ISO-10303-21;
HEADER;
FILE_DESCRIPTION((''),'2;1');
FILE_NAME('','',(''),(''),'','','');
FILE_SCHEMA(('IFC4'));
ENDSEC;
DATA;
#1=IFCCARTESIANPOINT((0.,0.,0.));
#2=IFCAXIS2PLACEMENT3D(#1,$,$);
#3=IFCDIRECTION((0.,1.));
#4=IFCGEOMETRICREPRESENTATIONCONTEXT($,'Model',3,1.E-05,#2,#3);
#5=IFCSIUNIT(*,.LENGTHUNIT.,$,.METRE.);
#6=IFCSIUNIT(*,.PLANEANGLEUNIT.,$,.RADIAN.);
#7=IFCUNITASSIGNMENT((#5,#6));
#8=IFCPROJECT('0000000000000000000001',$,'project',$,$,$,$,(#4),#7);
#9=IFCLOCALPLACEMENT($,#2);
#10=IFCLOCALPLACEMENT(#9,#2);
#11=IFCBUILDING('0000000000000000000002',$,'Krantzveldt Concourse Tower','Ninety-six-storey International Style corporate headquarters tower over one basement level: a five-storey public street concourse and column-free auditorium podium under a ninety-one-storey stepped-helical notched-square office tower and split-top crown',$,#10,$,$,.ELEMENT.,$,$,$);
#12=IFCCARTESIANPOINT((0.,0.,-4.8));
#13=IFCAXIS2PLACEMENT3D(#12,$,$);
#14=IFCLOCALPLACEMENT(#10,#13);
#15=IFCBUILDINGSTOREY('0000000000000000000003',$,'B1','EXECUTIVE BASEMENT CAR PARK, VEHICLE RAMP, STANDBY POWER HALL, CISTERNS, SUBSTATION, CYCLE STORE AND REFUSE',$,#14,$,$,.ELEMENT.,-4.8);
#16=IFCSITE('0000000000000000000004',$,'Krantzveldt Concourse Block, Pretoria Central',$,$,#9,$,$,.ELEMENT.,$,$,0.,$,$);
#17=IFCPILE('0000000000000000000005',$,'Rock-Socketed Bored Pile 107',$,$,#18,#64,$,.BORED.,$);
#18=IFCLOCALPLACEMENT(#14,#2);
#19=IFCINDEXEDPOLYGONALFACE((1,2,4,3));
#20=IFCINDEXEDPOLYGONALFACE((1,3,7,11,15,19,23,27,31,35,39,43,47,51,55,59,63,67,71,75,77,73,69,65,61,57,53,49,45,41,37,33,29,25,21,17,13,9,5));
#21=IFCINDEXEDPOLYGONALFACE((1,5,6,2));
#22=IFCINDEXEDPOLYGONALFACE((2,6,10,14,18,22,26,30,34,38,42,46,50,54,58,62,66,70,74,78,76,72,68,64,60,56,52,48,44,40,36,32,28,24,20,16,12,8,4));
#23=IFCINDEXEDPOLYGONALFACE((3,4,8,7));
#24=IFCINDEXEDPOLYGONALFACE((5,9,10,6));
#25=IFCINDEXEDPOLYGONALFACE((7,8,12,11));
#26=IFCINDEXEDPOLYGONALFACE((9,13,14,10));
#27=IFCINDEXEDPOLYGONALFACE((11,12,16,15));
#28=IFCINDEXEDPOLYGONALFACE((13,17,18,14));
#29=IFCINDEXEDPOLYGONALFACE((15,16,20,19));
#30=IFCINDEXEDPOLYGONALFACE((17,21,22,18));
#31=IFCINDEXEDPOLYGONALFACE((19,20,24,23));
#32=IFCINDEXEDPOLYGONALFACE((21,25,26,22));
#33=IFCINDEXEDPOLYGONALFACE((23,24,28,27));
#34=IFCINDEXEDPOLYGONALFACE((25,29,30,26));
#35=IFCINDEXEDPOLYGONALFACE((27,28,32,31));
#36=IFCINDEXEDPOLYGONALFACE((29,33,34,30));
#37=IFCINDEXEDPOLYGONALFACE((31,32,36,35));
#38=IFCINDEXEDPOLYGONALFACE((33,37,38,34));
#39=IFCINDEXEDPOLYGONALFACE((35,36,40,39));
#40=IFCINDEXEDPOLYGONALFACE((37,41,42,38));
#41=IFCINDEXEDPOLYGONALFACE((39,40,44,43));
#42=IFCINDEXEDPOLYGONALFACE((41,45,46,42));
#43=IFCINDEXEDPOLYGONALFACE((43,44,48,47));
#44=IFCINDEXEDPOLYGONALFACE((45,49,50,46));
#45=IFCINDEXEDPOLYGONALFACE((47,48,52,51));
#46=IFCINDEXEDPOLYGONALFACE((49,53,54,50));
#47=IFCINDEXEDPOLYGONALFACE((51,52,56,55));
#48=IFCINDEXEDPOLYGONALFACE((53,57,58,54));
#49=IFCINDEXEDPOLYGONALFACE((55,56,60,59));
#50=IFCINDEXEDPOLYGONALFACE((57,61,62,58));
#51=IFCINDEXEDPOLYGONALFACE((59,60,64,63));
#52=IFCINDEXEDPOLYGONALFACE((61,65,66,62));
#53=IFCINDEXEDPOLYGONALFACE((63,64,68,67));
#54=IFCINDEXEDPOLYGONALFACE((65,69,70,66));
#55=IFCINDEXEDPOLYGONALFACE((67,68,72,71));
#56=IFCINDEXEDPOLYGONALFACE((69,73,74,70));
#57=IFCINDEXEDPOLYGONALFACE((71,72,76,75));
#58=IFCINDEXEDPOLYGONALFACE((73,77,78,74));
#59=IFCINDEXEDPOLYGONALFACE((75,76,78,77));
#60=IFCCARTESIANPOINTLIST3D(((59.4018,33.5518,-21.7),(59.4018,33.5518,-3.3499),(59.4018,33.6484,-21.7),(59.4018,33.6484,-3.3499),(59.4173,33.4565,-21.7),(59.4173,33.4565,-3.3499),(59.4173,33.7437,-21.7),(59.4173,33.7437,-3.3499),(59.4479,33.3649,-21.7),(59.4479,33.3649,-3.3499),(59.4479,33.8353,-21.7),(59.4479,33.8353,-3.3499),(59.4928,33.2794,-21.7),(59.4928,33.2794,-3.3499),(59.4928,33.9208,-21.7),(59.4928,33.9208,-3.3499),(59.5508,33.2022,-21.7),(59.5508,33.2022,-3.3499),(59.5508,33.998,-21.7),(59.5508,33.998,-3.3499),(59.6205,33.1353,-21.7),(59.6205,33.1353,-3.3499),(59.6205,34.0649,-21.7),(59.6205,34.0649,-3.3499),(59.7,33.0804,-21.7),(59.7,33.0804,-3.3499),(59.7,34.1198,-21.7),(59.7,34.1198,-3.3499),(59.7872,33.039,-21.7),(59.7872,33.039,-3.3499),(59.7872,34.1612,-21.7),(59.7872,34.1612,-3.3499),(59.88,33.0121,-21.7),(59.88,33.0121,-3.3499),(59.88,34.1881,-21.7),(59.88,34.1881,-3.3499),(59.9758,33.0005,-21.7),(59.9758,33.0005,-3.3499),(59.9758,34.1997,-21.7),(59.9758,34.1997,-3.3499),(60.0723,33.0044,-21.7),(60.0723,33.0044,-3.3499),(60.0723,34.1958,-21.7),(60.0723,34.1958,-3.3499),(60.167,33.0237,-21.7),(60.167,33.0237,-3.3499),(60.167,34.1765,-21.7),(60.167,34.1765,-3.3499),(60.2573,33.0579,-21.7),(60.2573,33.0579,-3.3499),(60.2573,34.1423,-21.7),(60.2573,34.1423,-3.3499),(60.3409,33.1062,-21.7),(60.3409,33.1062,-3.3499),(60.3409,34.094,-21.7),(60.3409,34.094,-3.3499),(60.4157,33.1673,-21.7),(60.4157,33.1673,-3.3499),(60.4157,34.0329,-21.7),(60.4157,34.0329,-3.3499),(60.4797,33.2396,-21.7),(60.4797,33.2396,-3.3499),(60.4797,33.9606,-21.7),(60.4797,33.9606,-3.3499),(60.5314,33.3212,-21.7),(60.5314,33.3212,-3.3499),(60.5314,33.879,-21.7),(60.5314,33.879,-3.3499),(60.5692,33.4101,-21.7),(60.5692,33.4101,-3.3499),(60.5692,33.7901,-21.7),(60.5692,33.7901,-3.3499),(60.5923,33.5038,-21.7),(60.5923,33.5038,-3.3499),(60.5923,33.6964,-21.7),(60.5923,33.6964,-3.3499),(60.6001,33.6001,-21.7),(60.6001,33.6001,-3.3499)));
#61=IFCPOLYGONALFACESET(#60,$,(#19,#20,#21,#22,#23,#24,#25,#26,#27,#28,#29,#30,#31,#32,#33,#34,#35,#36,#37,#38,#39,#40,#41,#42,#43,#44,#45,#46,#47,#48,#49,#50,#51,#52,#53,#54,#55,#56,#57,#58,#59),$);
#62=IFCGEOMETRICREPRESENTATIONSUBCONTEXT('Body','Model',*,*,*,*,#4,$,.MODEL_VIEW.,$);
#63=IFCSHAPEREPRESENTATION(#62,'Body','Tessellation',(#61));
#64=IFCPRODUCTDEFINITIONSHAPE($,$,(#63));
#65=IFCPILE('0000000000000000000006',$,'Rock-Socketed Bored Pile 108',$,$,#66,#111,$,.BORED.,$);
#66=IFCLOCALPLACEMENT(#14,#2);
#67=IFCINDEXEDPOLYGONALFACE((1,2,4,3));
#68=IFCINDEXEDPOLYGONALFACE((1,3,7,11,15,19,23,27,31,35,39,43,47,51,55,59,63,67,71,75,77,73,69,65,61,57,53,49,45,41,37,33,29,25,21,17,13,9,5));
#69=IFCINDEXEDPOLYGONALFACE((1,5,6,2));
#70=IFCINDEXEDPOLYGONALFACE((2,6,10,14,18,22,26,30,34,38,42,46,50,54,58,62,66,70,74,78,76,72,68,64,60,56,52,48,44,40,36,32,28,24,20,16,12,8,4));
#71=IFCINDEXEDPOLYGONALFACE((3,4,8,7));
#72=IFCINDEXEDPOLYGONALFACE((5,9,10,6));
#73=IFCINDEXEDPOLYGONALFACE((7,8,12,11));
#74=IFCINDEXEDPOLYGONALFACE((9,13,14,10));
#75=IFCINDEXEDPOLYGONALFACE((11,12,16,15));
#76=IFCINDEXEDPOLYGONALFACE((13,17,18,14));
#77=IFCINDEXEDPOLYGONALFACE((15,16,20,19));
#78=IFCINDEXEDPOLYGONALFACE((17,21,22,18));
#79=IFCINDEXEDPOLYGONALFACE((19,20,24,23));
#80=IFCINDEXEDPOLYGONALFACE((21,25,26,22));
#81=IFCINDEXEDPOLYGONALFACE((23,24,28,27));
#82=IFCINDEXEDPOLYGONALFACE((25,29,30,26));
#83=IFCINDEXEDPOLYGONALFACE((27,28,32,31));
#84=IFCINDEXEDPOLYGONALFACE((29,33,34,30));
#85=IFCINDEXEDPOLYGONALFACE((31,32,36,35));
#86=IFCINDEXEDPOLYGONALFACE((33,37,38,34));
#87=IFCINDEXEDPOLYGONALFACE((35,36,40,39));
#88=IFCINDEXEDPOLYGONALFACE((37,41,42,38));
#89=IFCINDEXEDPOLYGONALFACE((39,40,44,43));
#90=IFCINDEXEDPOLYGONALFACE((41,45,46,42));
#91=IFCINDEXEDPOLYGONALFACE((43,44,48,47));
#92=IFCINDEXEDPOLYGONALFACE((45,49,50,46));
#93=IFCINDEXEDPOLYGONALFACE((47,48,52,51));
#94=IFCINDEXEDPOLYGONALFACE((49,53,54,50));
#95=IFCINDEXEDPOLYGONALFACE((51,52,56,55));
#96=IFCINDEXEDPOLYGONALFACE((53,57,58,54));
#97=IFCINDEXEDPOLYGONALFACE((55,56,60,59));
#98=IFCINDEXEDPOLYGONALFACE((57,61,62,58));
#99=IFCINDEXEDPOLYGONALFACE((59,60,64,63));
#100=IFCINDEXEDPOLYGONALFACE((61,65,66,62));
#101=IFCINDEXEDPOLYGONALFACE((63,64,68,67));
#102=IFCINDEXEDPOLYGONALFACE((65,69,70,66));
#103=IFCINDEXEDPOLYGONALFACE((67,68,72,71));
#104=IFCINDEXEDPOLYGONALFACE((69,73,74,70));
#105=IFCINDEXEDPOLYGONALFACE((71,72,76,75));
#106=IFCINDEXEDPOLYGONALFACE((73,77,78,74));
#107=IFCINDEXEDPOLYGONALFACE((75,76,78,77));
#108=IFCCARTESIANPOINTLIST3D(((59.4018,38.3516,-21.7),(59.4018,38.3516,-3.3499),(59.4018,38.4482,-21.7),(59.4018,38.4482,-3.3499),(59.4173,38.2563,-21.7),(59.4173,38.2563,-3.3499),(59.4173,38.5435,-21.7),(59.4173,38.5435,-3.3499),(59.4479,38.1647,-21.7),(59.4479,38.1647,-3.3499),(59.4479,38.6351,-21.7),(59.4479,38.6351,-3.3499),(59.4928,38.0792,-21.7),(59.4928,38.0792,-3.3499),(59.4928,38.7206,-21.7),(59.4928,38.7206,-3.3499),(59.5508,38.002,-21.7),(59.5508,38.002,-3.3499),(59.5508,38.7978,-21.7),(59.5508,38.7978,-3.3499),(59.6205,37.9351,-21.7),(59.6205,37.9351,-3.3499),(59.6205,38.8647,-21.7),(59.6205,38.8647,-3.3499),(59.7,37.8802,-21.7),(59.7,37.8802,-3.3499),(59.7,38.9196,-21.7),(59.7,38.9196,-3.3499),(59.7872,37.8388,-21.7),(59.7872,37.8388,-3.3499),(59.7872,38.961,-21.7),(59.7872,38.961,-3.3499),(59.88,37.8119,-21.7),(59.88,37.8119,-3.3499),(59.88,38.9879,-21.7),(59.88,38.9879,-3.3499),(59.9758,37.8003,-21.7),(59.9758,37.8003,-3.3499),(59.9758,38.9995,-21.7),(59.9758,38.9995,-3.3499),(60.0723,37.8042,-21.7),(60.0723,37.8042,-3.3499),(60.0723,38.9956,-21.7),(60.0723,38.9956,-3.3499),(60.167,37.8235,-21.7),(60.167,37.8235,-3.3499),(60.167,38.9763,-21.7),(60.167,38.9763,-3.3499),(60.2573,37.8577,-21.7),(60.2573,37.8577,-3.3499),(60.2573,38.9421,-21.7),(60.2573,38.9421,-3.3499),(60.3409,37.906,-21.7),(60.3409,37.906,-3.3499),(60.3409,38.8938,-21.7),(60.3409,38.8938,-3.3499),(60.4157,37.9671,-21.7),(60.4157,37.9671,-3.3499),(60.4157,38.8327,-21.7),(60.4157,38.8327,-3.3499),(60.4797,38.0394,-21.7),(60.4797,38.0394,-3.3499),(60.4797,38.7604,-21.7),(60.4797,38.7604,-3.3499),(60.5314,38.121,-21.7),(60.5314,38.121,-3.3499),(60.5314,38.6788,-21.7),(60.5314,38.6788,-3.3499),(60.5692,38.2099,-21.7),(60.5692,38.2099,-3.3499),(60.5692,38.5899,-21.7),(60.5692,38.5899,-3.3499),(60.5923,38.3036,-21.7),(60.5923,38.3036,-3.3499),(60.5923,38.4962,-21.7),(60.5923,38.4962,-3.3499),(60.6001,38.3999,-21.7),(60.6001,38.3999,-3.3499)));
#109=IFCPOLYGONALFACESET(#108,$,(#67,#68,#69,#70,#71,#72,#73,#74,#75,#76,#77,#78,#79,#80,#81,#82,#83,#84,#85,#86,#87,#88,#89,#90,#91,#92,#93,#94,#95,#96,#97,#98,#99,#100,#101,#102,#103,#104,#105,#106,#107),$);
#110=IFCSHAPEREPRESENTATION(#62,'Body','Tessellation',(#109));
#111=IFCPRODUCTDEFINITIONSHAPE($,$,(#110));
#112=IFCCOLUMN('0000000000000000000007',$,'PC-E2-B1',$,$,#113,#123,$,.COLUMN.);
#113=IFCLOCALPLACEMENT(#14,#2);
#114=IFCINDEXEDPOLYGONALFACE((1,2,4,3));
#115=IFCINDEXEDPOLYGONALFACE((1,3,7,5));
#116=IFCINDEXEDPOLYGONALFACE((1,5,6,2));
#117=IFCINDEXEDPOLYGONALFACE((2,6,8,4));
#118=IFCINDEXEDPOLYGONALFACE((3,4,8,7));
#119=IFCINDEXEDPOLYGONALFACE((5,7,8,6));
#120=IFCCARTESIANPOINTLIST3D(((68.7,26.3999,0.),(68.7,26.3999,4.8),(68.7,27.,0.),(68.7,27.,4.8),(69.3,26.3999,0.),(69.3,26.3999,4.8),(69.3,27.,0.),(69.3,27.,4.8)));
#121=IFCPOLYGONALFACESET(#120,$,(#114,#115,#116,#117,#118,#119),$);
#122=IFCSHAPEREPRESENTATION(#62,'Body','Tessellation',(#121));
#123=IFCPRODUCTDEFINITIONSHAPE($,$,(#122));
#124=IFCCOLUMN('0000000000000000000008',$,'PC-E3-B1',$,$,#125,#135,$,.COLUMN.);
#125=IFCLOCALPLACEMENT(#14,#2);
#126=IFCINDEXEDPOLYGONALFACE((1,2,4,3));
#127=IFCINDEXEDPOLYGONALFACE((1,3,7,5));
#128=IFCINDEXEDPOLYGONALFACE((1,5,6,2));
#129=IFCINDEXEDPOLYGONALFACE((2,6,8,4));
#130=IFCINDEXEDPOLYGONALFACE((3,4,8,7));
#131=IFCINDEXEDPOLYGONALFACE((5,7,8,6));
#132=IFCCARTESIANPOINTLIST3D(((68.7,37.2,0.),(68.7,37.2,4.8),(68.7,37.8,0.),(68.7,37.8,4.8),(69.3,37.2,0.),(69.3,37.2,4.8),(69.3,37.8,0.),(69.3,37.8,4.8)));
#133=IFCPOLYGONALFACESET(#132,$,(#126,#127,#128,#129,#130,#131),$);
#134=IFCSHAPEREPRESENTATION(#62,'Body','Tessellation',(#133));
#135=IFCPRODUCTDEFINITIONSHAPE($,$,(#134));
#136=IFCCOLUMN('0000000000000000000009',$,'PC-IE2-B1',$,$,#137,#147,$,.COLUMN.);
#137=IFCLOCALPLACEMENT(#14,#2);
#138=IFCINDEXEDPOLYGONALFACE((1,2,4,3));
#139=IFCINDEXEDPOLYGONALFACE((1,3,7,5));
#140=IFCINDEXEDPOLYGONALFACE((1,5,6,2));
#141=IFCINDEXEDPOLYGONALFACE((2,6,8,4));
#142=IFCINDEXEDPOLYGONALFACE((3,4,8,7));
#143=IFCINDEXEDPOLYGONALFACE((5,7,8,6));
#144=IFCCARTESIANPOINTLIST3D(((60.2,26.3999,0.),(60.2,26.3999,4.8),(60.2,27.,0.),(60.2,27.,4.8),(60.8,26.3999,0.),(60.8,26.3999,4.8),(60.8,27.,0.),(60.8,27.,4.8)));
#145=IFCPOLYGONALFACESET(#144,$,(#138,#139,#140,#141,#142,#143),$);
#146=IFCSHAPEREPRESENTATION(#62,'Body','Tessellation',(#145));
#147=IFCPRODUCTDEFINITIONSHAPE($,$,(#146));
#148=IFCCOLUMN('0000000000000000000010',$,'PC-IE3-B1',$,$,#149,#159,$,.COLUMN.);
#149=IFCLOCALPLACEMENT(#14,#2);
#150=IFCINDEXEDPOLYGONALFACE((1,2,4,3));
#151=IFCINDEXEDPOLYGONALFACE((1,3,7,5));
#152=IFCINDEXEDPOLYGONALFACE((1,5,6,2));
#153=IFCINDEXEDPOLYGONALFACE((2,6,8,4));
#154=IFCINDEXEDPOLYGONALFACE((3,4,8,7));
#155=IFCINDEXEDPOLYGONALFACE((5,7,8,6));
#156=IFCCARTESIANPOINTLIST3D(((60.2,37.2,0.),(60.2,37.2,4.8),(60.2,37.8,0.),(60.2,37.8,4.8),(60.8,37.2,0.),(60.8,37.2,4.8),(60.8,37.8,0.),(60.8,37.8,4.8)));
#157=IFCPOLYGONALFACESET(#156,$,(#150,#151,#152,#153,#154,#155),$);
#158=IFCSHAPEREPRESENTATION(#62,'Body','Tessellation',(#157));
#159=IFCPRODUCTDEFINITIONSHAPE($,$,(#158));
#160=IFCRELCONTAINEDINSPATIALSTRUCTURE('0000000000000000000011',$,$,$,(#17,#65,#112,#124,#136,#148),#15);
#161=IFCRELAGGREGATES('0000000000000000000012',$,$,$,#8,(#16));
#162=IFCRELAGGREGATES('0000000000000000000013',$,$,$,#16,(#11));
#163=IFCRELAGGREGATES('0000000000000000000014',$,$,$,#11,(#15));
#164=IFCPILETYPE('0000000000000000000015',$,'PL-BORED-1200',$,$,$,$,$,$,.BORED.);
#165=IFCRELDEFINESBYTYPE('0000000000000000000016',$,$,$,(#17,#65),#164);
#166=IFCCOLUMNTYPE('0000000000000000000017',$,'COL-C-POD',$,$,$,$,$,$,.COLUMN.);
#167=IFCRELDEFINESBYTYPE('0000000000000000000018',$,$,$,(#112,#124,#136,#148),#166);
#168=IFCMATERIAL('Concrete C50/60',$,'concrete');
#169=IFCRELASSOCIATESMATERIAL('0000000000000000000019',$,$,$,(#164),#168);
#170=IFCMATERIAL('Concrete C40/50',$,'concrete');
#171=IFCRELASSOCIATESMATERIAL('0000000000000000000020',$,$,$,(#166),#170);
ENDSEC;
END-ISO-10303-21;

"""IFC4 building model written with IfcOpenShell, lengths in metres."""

from ifc_helpers import new_model, si_unit, direction, frame, origin, origin_2d, place, context, subcontext, project, spatial, rectangle, circle, extrude, source, transform, mapped, material, material_profile, profile_set, type_object, type_shapes, element, save


model = new_model("IFC4")

# Units and contexts
model_context = context("Model", 3, precision=1e-05, world=origin(), true_north=direction((0.0, 1.0)))
body_context = subcontext(model_context, "Body", "Model", "MODEL_VIEW")
ifc_project = project(units=[si_unit("LENGTHUNIT", "METRE"), si_unit("PLANEANGLEUNIT", "RADIAN")], contexts=[model_context])

# Site, building, storey
site_placement = place(None, origin())
site = spatial("IfcSite", under=ifc_project, at=site_placement, Name="Krantzveldt Concourse Block, Pretoria Central", CompositionType="ELEMENT", RefElevation=0.0)
building_placement = place(site_placement, origin())
building = spatial("IfcBuilding", under=site, at=building_placement, Name="Krantzveldt Concourse Tower", Description="Ninety-six-storey International Style corporate headquarters tower over one basement level: a five-storey public street concourse and column-free auditorium podium under a ninety-one-storey stepped-helical notched-square office tower and split-top crown", CompositionType="ELEMENT")
storey_placement = place(building_placement, frame((0.0, 0.0, -4.8)))
storey = spatial("IfcBuildingStorey", under=building, at=storey_placement, Name="B1", Description="EXECUTIVE BASEMENT CAR PARK, VEHICLE RAMP, STANDBY POWER HALL, CISTERNS, SUBSTATION, CYCLE STORE AND REFUSE", CompositionType="ELEMENT", Elevation=-4.8)

# Shared definitions
ifc_material_1 = material(Name="Concrete C50/60", Category="concrete")

# Piles
ifc_material_profile_1 = material_profile(ifc_material_1, circle(Radius=0.6001, at=origin_2d()), Name="Concrete C50/60", Category="concrete")
ifc_profile_set_1 = profile_set([ifc_material_profile_1], Name="Concrete C50/60 - PILE D1200")
pile_type = type_object("IfcPileType", Name="PL-BORED-1200", PredefinedType="BORED", material=ifc_profile_set_1)
shared_shape_1 = source(origin(), body_context, "Body", "SweptSolid", [
    extrude(circle(Radius=0.6001, at=origin_2d()), origin(), (0.0, 0.0, 1.0), 18.3501),
])
type_shapes(pile_type, [shared_shape_1])
for number, where, z_axis, x_axis, name in (
    (1, (60.0, 33.6001, -3.3499), (0.0, 0.0, -1.0), (1.0, 0.0, 0.0), "Rock-Socketed Bored Pile 107"),
    (2, (60.0, 38.3999, -3.3499), (0.0, 0.0, -1.0), (1.0, 0.0, 0.0), "Rock-Socketed Bored Pile 108"),
):
    element("IfcPile", number, at=place(storey_placement, frame(where, z_axis=z_axis, x_axis=x_axis)), inside=storey, type_object=pile_type, Name=name, PredefinedType="BORED", context=body_context, shape_type="MappedRepresentation", body=[
        mapped(shared_shape_1, transform((0.0, 0.0, 0.0), x_axis=(1.0, 0.0, 0.0), y_axis=(0.0, 1.0, 0.0), z_axis=(0.0, 0.0, 1.0), scale=1.0)),
    ])

# Columns
ifc_material_2 = material(Name="Concrete C40/50", Category="concrete")
ifc_material_profile_2 = material_profile(ifc_material_2, rectangle(XDim=0.6001, YDim=0.6001, at=origin_2d()), Name="Concrete C40/50", Category="concrete")
ifc_profile_set_2 = profile_set([ifc_material_profile_2], Name="Concrete C40/50 - RC 600x600")
column_type = type_object("IfcColumnType", Name="COL-C-POD", PredefinedType="COLUMN", material=ifc_profile_set_2)
shared_shape_2 = source(origin(), body_context, "Body", "SweptSolid", [
    extrude(rectangle(XDim=0.6001, YDim=0.6001, at=origin_2d()), origin(), (0.0, 0.0, 1.0), 4.8),
])
type_shapes(column_type, [shared_shape_2])
for number, where, z_axis, x_axis, name in (
    (3, (69.0, 26.7, 0.0), (0.0, 0.0, 1.0), (1.0, 0.0, 0.0), "PC-E2-B1"),
    (4, (69.0, 37.5, 0.0), (0.0, 0.0, 1.0), (1.0, 0.0, 0.0), "PC-E3-B1"),
    (5, (60.5, 26.7, 0.0), (0.0, 0.0, 1.0), (1.0, 0.0, 0.0), "PC-IE2-B1"),
    (6, (60.5, 37.5, 0.0), (0.0, 0.0, 1.0), (1.0, 0.0, 0.0), "PC-IE3-B1"),
):
    element("IfcColumn", number, at=place(storey_placement, frame(where, z_axis=z_axis, x_axis=x_axis)), inside=storey, type_object=column_type, Name=name, PredefinedType="COLUMN", context=body_context, shape_type="MappedRepresentation", body=[
        mapped(shared_shape_2, transform((0.0, 0.0, 0.0), x_axis=(1.0, 0.0, 0.0), y_axis=(0.0, 1.0, 0.0), z_axis=(0.0, 0.0, 1.0), scale=1.0)),
    ])

save(model, "model.ifc")
